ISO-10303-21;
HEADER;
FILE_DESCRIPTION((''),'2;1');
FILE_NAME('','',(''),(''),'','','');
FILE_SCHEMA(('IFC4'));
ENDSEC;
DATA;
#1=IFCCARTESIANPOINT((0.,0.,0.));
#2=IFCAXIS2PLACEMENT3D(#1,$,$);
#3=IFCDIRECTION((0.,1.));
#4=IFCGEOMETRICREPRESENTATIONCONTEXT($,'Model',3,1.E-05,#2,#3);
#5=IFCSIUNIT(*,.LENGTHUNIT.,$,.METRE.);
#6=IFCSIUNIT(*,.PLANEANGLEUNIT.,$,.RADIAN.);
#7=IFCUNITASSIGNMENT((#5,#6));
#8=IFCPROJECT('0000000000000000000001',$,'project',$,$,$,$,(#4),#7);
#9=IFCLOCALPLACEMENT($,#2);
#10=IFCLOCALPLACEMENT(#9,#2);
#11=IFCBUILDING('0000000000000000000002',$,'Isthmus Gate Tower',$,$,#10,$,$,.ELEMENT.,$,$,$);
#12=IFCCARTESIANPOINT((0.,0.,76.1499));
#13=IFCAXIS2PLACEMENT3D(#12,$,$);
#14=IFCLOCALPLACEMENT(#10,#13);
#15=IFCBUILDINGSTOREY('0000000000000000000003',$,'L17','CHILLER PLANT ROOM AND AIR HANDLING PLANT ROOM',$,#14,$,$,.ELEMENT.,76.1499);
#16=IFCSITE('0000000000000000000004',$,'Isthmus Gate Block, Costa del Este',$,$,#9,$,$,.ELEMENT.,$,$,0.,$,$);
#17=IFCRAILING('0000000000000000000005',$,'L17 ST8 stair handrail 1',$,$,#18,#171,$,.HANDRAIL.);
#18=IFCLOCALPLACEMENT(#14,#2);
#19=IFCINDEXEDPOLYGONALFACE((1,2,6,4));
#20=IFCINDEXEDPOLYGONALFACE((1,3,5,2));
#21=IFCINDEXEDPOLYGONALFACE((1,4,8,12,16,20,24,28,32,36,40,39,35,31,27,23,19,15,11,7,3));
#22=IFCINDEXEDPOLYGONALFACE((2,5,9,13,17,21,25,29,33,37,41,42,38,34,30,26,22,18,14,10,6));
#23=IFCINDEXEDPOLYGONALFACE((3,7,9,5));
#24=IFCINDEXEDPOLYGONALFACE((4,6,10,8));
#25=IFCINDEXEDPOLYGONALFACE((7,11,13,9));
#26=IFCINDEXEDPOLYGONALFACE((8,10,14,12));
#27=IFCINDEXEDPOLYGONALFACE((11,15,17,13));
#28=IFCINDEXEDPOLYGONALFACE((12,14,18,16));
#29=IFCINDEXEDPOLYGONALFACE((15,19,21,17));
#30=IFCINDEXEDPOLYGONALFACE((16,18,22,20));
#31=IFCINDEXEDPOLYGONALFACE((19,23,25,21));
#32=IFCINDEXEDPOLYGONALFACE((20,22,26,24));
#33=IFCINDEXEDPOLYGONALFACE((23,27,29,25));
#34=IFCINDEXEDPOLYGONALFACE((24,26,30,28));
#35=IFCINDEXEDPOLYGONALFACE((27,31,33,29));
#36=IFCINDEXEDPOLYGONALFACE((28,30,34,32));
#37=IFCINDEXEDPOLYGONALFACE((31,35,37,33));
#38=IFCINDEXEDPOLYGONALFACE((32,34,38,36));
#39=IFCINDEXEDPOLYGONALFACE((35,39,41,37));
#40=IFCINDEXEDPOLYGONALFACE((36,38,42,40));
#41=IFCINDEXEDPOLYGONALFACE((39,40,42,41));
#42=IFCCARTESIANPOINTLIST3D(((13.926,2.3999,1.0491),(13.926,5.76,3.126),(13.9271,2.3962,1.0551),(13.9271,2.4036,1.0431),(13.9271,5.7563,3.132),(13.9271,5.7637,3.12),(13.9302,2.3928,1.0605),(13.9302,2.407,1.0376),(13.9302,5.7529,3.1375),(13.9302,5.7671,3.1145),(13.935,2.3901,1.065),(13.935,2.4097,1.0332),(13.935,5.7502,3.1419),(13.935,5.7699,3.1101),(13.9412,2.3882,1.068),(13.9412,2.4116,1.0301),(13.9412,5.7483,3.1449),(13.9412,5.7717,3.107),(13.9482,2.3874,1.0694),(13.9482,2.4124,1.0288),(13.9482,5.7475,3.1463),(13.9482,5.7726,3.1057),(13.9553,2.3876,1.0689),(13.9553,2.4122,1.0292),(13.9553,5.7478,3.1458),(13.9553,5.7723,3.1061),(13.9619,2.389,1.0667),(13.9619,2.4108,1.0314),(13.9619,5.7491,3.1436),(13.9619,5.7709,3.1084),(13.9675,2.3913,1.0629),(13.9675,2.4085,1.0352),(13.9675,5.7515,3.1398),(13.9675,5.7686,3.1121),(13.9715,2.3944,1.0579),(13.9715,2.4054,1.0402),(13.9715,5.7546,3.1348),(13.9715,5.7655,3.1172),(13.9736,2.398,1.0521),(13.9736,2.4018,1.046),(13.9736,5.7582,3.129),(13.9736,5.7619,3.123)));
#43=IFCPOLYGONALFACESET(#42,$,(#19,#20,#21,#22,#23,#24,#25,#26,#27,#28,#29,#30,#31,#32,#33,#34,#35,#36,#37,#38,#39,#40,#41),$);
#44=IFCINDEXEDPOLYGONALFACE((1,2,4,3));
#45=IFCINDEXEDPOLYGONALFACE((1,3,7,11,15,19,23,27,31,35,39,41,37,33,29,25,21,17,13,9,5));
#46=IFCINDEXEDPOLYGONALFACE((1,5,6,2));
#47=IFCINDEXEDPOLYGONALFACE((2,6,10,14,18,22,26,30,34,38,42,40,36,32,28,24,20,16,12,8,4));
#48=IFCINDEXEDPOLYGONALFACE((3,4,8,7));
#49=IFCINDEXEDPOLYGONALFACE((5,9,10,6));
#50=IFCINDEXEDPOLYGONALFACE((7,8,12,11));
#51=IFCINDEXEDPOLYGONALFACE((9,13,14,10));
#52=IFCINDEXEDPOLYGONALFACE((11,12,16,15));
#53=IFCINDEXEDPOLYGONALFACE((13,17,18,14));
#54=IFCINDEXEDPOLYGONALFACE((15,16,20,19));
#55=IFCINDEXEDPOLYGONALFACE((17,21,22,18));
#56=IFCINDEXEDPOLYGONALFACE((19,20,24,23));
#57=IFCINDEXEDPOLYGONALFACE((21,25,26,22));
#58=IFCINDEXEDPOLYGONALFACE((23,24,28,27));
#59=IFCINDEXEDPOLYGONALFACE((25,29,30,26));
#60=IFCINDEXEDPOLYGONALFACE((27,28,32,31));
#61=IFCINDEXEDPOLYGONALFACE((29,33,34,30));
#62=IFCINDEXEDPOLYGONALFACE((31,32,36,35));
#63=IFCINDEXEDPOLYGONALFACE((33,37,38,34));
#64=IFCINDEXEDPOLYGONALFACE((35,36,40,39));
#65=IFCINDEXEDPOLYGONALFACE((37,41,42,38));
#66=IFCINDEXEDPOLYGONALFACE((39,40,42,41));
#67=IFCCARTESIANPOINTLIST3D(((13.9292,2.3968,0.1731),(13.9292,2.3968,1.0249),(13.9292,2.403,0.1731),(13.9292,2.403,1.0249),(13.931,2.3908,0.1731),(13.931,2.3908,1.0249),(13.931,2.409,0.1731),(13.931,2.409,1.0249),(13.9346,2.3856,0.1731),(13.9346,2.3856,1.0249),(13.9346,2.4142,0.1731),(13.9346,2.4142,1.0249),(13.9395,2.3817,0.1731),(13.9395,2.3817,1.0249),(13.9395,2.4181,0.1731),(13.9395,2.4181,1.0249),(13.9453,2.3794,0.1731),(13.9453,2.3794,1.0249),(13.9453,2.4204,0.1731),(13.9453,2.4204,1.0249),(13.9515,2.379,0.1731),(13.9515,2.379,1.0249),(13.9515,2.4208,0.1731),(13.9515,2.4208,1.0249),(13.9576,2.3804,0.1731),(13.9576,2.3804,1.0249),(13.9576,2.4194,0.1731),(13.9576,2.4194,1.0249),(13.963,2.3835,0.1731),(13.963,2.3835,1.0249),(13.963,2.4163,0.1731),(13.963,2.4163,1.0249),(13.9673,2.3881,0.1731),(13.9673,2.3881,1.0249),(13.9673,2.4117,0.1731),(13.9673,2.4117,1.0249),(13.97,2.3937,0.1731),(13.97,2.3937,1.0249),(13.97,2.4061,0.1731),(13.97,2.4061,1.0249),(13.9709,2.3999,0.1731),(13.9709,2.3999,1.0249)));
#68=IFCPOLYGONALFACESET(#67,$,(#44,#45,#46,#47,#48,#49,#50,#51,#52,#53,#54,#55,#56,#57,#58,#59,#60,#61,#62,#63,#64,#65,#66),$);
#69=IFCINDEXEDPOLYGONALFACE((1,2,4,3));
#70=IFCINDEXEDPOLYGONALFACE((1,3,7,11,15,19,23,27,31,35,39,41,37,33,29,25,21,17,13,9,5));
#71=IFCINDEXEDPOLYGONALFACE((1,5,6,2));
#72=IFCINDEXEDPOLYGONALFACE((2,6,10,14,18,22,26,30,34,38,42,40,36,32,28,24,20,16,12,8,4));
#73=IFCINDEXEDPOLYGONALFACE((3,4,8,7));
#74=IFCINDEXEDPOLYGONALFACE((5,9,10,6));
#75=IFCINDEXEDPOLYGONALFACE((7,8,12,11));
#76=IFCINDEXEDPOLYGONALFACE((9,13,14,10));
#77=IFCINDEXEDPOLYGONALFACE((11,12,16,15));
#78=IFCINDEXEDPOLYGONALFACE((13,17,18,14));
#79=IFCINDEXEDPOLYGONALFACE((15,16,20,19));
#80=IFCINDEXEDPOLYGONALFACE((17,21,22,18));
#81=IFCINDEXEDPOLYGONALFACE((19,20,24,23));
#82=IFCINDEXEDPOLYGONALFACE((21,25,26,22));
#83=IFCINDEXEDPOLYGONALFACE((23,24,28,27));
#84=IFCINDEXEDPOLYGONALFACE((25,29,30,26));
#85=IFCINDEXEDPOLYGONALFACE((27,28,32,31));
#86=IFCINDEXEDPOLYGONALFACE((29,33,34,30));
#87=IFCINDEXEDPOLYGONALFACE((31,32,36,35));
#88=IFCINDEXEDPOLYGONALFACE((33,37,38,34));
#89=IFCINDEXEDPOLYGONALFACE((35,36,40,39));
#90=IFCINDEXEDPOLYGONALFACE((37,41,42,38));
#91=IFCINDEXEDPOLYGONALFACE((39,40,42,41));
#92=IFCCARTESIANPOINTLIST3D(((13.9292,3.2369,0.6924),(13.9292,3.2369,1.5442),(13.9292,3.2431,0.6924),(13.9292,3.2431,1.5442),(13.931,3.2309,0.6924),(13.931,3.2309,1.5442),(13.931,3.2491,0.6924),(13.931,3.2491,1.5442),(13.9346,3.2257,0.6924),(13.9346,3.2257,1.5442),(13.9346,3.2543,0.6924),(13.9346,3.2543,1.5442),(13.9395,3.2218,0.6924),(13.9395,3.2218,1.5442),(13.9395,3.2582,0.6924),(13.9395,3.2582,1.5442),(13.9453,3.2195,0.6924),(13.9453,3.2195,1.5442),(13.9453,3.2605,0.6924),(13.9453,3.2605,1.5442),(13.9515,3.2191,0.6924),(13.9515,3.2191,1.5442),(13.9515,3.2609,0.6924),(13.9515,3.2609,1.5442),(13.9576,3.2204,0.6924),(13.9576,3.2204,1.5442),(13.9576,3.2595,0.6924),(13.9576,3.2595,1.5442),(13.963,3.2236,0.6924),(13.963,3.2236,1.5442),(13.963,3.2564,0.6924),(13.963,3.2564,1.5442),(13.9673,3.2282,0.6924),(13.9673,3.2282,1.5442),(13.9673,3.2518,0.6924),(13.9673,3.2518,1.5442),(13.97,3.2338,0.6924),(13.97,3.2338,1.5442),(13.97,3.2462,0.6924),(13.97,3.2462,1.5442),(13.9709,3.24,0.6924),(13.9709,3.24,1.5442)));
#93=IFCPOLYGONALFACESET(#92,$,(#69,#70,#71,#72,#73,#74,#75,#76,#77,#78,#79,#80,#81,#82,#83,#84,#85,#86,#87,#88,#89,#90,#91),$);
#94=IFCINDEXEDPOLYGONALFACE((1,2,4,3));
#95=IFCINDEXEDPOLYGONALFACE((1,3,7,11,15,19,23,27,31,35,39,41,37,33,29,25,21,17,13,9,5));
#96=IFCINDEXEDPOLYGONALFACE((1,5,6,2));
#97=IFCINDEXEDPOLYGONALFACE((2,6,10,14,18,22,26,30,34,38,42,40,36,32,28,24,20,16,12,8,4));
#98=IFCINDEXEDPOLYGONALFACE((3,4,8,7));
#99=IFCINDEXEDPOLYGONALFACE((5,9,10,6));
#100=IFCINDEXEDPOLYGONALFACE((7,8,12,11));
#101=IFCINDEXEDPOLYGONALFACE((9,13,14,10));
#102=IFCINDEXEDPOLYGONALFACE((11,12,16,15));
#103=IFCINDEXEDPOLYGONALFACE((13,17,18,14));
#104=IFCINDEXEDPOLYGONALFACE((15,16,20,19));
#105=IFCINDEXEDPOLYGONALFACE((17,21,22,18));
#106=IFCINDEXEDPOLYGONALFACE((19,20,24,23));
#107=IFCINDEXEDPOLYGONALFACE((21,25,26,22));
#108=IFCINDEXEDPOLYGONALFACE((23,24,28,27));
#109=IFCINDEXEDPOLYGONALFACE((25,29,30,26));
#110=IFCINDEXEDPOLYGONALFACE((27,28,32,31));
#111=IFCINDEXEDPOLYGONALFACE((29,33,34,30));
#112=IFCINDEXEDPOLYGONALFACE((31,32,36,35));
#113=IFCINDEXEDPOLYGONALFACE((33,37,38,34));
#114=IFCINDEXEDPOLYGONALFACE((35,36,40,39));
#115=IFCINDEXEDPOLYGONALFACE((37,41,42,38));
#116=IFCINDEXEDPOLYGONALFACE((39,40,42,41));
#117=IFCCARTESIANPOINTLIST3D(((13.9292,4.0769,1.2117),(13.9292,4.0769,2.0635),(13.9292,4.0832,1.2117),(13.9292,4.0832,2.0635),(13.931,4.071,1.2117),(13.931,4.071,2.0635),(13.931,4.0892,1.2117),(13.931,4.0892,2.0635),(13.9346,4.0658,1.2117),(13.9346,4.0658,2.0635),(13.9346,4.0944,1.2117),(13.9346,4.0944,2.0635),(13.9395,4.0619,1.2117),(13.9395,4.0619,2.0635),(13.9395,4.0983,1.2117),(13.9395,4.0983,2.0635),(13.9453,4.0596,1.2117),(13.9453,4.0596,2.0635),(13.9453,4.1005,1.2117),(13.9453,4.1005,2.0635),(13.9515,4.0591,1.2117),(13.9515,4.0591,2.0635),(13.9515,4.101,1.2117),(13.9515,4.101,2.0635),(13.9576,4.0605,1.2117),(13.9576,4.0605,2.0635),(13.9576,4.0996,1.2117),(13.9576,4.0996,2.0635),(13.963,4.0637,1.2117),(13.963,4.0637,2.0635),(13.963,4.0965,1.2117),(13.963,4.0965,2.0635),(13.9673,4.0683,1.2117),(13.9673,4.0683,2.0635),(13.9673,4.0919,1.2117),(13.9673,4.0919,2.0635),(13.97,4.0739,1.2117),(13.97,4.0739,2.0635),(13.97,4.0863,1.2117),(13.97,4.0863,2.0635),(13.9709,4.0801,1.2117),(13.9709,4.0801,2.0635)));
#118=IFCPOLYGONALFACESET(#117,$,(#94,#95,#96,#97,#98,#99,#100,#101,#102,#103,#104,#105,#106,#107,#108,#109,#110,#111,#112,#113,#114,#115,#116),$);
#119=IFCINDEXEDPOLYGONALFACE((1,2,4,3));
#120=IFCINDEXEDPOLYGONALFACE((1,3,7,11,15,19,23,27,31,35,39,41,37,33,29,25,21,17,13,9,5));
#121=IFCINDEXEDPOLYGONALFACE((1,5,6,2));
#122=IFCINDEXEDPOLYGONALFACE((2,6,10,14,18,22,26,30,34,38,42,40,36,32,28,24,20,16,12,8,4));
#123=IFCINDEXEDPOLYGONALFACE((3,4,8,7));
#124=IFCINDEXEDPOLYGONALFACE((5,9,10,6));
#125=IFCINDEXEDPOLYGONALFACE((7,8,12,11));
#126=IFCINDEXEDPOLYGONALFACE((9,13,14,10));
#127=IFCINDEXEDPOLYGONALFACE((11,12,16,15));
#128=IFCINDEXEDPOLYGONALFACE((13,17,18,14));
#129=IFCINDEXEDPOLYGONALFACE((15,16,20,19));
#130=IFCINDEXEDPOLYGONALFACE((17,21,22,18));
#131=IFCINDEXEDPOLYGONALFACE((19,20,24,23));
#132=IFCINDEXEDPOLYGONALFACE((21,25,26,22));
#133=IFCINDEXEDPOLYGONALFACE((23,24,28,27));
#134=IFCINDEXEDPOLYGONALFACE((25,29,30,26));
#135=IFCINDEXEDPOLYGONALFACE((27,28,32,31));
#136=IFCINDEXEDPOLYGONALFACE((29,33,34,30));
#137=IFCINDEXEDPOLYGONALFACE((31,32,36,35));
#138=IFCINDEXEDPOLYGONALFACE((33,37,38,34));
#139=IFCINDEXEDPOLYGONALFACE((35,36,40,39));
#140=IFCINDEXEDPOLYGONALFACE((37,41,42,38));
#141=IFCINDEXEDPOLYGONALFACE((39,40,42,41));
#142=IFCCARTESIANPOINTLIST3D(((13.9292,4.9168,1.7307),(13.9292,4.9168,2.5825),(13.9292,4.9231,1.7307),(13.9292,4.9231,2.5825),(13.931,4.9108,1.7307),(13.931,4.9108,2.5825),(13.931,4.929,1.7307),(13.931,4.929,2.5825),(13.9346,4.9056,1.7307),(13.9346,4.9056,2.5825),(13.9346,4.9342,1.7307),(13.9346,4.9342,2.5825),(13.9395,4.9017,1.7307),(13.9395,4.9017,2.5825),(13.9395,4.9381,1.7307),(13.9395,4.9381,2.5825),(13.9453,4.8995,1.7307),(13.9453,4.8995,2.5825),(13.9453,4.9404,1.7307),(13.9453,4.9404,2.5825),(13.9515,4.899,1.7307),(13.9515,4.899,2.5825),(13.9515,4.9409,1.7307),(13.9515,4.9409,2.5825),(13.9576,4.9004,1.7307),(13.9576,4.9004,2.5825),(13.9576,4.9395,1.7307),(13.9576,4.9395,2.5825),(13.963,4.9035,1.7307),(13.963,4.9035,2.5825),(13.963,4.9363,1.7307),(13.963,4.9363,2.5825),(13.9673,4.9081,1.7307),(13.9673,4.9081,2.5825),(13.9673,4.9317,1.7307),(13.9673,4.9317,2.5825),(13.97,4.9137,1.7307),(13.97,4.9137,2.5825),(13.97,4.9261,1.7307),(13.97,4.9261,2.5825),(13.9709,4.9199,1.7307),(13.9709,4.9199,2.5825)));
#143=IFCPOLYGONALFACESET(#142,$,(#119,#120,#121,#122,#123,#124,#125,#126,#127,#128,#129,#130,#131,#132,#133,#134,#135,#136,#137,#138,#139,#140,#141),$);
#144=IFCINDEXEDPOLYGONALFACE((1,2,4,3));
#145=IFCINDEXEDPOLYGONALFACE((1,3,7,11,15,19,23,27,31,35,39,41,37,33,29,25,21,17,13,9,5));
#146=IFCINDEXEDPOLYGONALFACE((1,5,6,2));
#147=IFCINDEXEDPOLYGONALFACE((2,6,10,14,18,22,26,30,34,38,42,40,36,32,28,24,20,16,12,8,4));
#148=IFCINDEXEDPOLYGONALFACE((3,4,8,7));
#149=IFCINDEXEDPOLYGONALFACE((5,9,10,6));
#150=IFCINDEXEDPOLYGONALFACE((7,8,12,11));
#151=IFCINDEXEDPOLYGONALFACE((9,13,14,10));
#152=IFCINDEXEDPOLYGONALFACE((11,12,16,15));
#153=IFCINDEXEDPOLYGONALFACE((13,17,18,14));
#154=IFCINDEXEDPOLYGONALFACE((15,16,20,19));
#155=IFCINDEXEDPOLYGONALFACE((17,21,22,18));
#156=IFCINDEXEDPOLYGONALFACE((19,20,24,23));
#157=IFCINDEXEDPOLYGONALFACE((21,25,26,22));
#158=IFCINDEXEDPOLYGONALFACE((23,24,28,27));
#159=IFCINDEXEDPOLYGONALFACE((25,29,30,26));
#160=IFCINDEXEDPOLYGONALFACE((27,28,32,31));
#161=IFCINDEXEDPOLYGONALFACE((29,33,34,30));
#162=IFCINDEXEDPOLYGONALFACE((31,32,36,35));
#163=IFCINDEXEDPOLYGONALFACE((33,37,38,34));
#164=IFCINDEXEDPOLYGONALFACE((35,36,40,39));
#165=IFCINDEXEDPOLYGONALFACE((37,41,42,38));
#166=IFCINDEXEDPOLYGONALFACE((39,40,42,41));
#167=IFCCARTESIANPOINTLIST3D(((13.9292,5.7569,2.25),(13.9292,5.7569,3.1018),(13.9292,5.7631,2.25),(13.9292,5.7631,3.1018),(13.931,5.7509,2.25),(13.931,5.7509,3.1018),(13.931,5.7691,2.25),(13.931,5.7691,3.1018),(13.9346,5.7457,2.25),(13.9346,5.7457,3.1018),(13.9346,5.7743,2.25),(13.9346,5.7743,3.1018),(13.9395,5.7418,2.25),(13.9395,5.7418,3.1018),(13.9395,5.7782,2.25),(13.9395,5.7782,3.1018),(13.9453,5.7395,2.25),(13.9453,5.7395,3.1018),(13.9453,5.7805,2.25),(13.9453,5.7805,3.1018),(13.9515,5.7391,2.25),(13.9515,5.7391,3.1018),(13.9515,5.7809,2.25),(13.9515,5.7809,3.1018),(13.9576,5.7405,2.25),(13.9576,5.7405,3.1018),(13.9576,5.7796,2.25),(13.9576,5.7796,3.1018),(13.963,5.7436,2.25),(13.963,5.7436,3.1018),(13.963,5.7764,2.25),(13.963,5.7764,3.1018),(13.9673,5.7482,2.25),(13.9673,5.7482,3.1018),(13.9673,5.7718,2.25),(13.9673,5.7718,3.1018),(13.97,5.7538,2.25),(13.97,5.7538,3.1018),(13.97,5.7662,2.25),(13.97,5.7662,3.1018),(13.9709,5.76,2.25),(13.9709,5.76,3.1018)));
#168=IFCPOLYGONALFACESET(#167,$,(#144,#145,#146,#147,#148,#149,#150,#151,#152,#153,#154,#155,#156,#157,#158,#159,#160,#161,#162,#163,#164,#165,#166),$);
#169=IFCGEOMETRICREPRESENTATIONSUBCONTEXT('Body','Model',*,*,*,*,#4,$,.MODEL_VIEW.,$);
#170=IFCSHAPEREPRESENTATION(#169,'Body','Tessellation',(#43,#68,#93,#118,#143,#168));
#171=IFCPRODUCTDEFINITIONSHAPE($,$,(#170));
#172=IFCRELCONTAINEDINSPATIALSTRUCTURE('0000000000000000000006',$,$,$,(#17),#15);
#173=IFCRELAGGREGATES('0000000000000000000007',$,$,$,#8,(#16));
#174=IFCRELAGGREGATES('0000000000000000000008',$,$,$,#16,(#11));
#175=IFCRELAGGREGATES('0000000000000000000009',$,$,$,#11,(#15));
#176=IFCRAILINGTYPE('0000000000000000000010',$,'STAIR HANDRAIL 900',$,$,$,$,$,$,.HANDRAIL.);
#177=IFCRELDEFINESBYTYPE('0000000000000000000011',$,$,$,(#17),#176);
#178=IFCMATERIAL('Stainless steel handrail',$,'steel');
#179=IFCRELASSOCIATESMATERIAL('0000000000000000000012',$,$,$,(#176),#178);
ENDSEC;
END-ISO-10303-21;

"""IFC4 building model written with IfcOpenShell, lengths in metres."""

from ifc_helpers import new_model, si_unit, direction, frame, origin, origin_2d, place, context, subcontext, project, spatial, circle, extrude, material, type_object, element, save


model = new_model("IFC4")

# Units and contexts
model_context = context("Model", 3, precision=1e-05, world=origin(), true_north=direction((0.0, 1.0)))
body_context = subcontext(model_context, "Body", "Model", "MODEL_VIEW")
ifc_project = project(units=[si_unit("LENGTHUNIT", "METRE"), si_unit("PLANEANGLEUNIT", "RADIAN")], contexts=[model_context])

# Site, building, storey
site_placement = place(None, origin())
site = spatial("IfcSite", under=ifc_project, at=site_placement, Name="Isthmus Gate Block, Costa del Este", CompositionType="ELEMENT", RefElevation=0.0)
building_placement = place(site_placement, origin())
building = spatial("IfcBuilding", under=site, at=building_placement, Name="Isthmus Gate Tower", CompositionType="ELEMENT")
storey_placement = place(building_placement, frame((0.0, 0.0, 76.1499)))
storey = spatial("IfcBuildingStorey", under=building, at=storey_placement, Name="L17", Description="CHILLER PLANT ROOM AND AIR HANDLING PLANT ROOM", CompositionType="ELEMENT", Elevation=76.1499)

# Railing
ifc_material_1 = material(Name="Stainless steel handrail", Category="steel")
railing_type_1 = type_object("IfcRailingType", Name="STAIR HANDRAIL 900", PredefinedType="HANDRAIL", material=ifc_material_1)
for number, where, name in (
    (1, (13.95, 2.3999, 0.1731), "L17 ST8 stair handrail 1"),
):
    element("IfcRailing", number, at=place(storey_placement, frame(where)), inside=storey, type_object=railing_type_1, Name=name, PredefinedType="HANDRAIL", context=body_context, shape_type="SweptSolid", body=[
        extrude(circle(Radius=0.0239, at=origin_2d()), frame((0.0, 0.0, 0.876), z_axis=(0.0, 0.850623, 0.525776), x_axis=(-1.0, 0.0, 0.0)), (0.0, 0.0, 1.0), 3.9502),
        extrude(circle(Radius=0.021, at=origin_2d()), origin(), (0.0, 0.0, 1.0), 0.8518),
        extrude(circle(Radius=0.021, at=origin_2d()), frame((0.0, 0.8401, 0.5193)), (0.0, 0.0, 1.0), 0.8518),
        extrude(circle(Radius=0.021, at=origin_2d()), frame((0.0, 1.6802, 1.0386)), (0.0, 0.0, 1.0), 0.8518),
        extrude(circle(Radius=0.021, at=origin_2d()), frame((0.0, 2.52, 1.5576)), (0.0, 0.0, 1.0), 0.8518),
        extrude(circle(Radius=0.021, at=origin_2d()), frame((0.0, 3.3601, 2.0769)), (0.0, 0.0, 1.0), 0.8518),
    ])

save(model, "model.ifc")
